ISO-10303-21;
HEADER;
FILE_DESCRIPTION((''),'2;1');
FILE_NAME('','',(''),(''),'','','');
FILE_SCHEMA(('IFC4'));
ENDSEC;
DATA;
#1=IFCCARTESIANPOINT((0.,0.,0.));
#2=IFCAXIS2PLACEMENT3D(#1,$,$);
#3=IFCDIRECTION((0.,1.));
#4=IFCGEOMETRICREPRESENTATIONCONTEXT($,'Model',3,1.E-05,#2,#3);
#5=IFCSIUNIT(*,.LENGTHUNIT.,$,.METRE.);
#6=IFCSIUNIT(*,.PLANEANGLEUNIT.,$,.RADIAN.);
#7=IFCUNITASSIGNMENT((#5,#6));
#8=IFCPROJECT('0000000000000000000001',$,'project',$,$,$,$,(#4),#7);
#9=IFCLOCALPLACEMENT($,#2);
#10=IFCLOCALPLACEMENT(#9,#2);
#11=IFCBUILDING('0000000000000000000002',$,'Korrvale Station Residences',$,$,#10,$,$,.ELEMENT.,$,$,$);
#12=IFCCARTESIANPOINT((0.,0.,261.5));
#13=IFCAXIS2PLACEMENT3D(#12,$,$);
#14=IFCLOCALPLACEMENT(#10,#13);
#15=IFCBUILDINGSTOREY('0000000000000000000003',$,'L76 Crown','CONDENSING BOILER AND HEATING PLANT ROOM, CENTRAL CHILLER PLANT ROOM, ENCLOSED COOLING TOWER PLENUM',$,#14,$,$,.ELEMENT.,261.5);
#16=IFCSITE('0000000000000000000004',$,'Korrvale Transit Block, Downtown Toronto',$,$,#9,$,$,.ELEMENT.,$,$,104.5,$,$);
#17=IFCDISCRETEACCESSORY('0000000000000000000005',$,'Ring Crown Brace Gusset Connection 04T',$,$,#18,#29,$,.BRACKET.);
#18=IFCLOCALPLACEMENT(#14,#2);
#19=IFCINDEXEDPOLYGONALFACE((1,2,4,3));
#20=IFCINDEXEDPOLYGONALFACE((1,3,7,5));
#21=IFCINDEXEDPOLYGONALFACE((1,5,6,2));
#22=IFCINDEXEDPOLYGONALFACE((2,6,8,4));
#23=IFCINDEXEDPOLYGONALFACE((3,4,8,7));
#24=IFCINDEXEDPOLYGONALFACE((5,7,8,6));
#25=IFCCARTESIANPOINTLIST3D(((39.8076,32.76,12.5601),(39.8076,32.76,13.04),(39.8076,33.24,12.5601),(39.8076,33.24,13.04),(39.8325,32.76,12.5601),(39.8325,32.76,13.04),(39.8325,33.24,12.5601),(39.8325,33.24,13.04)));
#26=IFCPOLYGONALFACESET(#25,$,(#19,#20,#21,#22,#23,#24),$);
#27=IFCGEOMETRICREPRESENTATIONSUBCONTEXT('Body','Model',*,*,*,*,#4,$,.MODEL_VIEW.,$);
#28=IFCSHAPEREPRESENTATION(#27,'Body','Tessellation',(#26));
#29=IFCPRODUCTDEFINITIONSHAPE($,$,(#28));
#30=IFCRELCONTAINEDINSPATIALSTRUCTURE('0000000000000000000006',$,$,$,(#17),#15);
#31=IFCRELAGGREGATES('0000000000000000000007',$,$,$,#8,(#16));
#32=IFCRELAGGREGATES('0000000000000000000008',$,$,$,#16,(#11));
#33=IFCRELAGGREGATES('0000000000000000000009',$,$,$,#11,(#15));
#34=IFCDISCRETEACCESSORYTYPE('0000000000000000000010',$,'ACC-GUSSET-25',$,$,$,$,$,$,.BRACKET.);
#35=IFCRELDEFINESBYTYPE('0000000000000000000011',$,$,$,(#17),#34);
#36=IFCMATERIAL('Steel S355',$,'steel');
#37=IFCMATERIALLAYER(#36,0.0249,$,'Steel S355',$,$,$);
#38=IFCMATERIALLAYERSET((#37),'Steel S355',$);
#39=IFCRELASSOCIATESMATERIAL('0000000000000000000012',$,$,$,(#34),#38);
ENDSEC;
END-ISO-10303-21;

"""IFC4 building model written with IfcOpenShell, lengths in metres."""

from ifc_helpers import new_model, si_unit, direction, frame, origin, origin_2d, place, context, subcontext, project, spatial, rectangle, extrude, material, layer, layer_set, type_object, element, save


model = new_model("IFC4")

# Units and contexts
model_context = context("Model", 3, precision=1e-05, world=origin(), true_north=direction((0.0, 1.0)))
body_context = subcontext(model_context, "Body", "Model", "MODEL_VIEW")
ifc_project = project(units=[si_unit("LENGTHUNIT", "METRE"), si_unit("PLANEANGLEUNIT", "RADIAN")], contexts=[model_context])

# Site, building, storey
site_placement = place(None, origin())
site = spatial("IfcSite", under=ifc_project, at=site_placement, Name="Korrvale Transit Block, Downtown Toronto", CompositionType="ELEMENT", RefElevation=104.5)
building_placement = place(site_placement, origin())
building = spatial("IfcBuilding", under=site, at=building_placement, Name="Korrvale Station Residences", CompositionType="ELEMENT")
storey_placement = place(building_placement, frame((0.0, 0.0, 261.5)))
storey = spatial("IfcBuildingStorey", under=building, at=storey_placement, Name="L76 Crown", Description="CONDENSING BOILER AND HEATING PLANT ROOM, CENTRAL CHILLER PLANT ROOM, ENCLOSED COOLING TOWER PLENUM", CompositionType="ELEMENT", Elevation=261.5)

# Shared definitions
ifc_material_1 = material(Name="Steel S355", Category="steel")

# Discrete accessory
ifc_layer_1 = layer(ifc_material_1, 0.0249, Name="Steel S355")
ifc_layer_set_1 = layer_set([ifc_layer_1], Name="Steel S355")
discrete_accessory_type = type_object("IfcDiscreteAccessoryType", Name="ACC-GUSSET-25", PredefinedType="BRACKET", material=ifc_layer_set_1)
for number, where, z_axis, x_axis, name in (
    (1, (39.8201, 33.0, 12.5601), (0.0, 0.0, 1.0), (0.0, 1.0, 0.0), "Ring Crown Brace Gusset Connection 04T"),
):
    element("IfcDiscreteAccessory", number, at=place(storey_placement, frame(where, z_axis=z_axis, x_axis=x_axis)), inside=storey, type_object=discrete_accessory_type, Name=name, PredefinedType="BRACKET", context=body_context, shape_type="SweptSolid", body=[
        extrude(rectangle(XDim=0.48, YDim=0.0249, at=origin_2d()), origin(), (0.0, 0.0, 1.0), 0.48),
    ])

save(model, "model.ifc")
